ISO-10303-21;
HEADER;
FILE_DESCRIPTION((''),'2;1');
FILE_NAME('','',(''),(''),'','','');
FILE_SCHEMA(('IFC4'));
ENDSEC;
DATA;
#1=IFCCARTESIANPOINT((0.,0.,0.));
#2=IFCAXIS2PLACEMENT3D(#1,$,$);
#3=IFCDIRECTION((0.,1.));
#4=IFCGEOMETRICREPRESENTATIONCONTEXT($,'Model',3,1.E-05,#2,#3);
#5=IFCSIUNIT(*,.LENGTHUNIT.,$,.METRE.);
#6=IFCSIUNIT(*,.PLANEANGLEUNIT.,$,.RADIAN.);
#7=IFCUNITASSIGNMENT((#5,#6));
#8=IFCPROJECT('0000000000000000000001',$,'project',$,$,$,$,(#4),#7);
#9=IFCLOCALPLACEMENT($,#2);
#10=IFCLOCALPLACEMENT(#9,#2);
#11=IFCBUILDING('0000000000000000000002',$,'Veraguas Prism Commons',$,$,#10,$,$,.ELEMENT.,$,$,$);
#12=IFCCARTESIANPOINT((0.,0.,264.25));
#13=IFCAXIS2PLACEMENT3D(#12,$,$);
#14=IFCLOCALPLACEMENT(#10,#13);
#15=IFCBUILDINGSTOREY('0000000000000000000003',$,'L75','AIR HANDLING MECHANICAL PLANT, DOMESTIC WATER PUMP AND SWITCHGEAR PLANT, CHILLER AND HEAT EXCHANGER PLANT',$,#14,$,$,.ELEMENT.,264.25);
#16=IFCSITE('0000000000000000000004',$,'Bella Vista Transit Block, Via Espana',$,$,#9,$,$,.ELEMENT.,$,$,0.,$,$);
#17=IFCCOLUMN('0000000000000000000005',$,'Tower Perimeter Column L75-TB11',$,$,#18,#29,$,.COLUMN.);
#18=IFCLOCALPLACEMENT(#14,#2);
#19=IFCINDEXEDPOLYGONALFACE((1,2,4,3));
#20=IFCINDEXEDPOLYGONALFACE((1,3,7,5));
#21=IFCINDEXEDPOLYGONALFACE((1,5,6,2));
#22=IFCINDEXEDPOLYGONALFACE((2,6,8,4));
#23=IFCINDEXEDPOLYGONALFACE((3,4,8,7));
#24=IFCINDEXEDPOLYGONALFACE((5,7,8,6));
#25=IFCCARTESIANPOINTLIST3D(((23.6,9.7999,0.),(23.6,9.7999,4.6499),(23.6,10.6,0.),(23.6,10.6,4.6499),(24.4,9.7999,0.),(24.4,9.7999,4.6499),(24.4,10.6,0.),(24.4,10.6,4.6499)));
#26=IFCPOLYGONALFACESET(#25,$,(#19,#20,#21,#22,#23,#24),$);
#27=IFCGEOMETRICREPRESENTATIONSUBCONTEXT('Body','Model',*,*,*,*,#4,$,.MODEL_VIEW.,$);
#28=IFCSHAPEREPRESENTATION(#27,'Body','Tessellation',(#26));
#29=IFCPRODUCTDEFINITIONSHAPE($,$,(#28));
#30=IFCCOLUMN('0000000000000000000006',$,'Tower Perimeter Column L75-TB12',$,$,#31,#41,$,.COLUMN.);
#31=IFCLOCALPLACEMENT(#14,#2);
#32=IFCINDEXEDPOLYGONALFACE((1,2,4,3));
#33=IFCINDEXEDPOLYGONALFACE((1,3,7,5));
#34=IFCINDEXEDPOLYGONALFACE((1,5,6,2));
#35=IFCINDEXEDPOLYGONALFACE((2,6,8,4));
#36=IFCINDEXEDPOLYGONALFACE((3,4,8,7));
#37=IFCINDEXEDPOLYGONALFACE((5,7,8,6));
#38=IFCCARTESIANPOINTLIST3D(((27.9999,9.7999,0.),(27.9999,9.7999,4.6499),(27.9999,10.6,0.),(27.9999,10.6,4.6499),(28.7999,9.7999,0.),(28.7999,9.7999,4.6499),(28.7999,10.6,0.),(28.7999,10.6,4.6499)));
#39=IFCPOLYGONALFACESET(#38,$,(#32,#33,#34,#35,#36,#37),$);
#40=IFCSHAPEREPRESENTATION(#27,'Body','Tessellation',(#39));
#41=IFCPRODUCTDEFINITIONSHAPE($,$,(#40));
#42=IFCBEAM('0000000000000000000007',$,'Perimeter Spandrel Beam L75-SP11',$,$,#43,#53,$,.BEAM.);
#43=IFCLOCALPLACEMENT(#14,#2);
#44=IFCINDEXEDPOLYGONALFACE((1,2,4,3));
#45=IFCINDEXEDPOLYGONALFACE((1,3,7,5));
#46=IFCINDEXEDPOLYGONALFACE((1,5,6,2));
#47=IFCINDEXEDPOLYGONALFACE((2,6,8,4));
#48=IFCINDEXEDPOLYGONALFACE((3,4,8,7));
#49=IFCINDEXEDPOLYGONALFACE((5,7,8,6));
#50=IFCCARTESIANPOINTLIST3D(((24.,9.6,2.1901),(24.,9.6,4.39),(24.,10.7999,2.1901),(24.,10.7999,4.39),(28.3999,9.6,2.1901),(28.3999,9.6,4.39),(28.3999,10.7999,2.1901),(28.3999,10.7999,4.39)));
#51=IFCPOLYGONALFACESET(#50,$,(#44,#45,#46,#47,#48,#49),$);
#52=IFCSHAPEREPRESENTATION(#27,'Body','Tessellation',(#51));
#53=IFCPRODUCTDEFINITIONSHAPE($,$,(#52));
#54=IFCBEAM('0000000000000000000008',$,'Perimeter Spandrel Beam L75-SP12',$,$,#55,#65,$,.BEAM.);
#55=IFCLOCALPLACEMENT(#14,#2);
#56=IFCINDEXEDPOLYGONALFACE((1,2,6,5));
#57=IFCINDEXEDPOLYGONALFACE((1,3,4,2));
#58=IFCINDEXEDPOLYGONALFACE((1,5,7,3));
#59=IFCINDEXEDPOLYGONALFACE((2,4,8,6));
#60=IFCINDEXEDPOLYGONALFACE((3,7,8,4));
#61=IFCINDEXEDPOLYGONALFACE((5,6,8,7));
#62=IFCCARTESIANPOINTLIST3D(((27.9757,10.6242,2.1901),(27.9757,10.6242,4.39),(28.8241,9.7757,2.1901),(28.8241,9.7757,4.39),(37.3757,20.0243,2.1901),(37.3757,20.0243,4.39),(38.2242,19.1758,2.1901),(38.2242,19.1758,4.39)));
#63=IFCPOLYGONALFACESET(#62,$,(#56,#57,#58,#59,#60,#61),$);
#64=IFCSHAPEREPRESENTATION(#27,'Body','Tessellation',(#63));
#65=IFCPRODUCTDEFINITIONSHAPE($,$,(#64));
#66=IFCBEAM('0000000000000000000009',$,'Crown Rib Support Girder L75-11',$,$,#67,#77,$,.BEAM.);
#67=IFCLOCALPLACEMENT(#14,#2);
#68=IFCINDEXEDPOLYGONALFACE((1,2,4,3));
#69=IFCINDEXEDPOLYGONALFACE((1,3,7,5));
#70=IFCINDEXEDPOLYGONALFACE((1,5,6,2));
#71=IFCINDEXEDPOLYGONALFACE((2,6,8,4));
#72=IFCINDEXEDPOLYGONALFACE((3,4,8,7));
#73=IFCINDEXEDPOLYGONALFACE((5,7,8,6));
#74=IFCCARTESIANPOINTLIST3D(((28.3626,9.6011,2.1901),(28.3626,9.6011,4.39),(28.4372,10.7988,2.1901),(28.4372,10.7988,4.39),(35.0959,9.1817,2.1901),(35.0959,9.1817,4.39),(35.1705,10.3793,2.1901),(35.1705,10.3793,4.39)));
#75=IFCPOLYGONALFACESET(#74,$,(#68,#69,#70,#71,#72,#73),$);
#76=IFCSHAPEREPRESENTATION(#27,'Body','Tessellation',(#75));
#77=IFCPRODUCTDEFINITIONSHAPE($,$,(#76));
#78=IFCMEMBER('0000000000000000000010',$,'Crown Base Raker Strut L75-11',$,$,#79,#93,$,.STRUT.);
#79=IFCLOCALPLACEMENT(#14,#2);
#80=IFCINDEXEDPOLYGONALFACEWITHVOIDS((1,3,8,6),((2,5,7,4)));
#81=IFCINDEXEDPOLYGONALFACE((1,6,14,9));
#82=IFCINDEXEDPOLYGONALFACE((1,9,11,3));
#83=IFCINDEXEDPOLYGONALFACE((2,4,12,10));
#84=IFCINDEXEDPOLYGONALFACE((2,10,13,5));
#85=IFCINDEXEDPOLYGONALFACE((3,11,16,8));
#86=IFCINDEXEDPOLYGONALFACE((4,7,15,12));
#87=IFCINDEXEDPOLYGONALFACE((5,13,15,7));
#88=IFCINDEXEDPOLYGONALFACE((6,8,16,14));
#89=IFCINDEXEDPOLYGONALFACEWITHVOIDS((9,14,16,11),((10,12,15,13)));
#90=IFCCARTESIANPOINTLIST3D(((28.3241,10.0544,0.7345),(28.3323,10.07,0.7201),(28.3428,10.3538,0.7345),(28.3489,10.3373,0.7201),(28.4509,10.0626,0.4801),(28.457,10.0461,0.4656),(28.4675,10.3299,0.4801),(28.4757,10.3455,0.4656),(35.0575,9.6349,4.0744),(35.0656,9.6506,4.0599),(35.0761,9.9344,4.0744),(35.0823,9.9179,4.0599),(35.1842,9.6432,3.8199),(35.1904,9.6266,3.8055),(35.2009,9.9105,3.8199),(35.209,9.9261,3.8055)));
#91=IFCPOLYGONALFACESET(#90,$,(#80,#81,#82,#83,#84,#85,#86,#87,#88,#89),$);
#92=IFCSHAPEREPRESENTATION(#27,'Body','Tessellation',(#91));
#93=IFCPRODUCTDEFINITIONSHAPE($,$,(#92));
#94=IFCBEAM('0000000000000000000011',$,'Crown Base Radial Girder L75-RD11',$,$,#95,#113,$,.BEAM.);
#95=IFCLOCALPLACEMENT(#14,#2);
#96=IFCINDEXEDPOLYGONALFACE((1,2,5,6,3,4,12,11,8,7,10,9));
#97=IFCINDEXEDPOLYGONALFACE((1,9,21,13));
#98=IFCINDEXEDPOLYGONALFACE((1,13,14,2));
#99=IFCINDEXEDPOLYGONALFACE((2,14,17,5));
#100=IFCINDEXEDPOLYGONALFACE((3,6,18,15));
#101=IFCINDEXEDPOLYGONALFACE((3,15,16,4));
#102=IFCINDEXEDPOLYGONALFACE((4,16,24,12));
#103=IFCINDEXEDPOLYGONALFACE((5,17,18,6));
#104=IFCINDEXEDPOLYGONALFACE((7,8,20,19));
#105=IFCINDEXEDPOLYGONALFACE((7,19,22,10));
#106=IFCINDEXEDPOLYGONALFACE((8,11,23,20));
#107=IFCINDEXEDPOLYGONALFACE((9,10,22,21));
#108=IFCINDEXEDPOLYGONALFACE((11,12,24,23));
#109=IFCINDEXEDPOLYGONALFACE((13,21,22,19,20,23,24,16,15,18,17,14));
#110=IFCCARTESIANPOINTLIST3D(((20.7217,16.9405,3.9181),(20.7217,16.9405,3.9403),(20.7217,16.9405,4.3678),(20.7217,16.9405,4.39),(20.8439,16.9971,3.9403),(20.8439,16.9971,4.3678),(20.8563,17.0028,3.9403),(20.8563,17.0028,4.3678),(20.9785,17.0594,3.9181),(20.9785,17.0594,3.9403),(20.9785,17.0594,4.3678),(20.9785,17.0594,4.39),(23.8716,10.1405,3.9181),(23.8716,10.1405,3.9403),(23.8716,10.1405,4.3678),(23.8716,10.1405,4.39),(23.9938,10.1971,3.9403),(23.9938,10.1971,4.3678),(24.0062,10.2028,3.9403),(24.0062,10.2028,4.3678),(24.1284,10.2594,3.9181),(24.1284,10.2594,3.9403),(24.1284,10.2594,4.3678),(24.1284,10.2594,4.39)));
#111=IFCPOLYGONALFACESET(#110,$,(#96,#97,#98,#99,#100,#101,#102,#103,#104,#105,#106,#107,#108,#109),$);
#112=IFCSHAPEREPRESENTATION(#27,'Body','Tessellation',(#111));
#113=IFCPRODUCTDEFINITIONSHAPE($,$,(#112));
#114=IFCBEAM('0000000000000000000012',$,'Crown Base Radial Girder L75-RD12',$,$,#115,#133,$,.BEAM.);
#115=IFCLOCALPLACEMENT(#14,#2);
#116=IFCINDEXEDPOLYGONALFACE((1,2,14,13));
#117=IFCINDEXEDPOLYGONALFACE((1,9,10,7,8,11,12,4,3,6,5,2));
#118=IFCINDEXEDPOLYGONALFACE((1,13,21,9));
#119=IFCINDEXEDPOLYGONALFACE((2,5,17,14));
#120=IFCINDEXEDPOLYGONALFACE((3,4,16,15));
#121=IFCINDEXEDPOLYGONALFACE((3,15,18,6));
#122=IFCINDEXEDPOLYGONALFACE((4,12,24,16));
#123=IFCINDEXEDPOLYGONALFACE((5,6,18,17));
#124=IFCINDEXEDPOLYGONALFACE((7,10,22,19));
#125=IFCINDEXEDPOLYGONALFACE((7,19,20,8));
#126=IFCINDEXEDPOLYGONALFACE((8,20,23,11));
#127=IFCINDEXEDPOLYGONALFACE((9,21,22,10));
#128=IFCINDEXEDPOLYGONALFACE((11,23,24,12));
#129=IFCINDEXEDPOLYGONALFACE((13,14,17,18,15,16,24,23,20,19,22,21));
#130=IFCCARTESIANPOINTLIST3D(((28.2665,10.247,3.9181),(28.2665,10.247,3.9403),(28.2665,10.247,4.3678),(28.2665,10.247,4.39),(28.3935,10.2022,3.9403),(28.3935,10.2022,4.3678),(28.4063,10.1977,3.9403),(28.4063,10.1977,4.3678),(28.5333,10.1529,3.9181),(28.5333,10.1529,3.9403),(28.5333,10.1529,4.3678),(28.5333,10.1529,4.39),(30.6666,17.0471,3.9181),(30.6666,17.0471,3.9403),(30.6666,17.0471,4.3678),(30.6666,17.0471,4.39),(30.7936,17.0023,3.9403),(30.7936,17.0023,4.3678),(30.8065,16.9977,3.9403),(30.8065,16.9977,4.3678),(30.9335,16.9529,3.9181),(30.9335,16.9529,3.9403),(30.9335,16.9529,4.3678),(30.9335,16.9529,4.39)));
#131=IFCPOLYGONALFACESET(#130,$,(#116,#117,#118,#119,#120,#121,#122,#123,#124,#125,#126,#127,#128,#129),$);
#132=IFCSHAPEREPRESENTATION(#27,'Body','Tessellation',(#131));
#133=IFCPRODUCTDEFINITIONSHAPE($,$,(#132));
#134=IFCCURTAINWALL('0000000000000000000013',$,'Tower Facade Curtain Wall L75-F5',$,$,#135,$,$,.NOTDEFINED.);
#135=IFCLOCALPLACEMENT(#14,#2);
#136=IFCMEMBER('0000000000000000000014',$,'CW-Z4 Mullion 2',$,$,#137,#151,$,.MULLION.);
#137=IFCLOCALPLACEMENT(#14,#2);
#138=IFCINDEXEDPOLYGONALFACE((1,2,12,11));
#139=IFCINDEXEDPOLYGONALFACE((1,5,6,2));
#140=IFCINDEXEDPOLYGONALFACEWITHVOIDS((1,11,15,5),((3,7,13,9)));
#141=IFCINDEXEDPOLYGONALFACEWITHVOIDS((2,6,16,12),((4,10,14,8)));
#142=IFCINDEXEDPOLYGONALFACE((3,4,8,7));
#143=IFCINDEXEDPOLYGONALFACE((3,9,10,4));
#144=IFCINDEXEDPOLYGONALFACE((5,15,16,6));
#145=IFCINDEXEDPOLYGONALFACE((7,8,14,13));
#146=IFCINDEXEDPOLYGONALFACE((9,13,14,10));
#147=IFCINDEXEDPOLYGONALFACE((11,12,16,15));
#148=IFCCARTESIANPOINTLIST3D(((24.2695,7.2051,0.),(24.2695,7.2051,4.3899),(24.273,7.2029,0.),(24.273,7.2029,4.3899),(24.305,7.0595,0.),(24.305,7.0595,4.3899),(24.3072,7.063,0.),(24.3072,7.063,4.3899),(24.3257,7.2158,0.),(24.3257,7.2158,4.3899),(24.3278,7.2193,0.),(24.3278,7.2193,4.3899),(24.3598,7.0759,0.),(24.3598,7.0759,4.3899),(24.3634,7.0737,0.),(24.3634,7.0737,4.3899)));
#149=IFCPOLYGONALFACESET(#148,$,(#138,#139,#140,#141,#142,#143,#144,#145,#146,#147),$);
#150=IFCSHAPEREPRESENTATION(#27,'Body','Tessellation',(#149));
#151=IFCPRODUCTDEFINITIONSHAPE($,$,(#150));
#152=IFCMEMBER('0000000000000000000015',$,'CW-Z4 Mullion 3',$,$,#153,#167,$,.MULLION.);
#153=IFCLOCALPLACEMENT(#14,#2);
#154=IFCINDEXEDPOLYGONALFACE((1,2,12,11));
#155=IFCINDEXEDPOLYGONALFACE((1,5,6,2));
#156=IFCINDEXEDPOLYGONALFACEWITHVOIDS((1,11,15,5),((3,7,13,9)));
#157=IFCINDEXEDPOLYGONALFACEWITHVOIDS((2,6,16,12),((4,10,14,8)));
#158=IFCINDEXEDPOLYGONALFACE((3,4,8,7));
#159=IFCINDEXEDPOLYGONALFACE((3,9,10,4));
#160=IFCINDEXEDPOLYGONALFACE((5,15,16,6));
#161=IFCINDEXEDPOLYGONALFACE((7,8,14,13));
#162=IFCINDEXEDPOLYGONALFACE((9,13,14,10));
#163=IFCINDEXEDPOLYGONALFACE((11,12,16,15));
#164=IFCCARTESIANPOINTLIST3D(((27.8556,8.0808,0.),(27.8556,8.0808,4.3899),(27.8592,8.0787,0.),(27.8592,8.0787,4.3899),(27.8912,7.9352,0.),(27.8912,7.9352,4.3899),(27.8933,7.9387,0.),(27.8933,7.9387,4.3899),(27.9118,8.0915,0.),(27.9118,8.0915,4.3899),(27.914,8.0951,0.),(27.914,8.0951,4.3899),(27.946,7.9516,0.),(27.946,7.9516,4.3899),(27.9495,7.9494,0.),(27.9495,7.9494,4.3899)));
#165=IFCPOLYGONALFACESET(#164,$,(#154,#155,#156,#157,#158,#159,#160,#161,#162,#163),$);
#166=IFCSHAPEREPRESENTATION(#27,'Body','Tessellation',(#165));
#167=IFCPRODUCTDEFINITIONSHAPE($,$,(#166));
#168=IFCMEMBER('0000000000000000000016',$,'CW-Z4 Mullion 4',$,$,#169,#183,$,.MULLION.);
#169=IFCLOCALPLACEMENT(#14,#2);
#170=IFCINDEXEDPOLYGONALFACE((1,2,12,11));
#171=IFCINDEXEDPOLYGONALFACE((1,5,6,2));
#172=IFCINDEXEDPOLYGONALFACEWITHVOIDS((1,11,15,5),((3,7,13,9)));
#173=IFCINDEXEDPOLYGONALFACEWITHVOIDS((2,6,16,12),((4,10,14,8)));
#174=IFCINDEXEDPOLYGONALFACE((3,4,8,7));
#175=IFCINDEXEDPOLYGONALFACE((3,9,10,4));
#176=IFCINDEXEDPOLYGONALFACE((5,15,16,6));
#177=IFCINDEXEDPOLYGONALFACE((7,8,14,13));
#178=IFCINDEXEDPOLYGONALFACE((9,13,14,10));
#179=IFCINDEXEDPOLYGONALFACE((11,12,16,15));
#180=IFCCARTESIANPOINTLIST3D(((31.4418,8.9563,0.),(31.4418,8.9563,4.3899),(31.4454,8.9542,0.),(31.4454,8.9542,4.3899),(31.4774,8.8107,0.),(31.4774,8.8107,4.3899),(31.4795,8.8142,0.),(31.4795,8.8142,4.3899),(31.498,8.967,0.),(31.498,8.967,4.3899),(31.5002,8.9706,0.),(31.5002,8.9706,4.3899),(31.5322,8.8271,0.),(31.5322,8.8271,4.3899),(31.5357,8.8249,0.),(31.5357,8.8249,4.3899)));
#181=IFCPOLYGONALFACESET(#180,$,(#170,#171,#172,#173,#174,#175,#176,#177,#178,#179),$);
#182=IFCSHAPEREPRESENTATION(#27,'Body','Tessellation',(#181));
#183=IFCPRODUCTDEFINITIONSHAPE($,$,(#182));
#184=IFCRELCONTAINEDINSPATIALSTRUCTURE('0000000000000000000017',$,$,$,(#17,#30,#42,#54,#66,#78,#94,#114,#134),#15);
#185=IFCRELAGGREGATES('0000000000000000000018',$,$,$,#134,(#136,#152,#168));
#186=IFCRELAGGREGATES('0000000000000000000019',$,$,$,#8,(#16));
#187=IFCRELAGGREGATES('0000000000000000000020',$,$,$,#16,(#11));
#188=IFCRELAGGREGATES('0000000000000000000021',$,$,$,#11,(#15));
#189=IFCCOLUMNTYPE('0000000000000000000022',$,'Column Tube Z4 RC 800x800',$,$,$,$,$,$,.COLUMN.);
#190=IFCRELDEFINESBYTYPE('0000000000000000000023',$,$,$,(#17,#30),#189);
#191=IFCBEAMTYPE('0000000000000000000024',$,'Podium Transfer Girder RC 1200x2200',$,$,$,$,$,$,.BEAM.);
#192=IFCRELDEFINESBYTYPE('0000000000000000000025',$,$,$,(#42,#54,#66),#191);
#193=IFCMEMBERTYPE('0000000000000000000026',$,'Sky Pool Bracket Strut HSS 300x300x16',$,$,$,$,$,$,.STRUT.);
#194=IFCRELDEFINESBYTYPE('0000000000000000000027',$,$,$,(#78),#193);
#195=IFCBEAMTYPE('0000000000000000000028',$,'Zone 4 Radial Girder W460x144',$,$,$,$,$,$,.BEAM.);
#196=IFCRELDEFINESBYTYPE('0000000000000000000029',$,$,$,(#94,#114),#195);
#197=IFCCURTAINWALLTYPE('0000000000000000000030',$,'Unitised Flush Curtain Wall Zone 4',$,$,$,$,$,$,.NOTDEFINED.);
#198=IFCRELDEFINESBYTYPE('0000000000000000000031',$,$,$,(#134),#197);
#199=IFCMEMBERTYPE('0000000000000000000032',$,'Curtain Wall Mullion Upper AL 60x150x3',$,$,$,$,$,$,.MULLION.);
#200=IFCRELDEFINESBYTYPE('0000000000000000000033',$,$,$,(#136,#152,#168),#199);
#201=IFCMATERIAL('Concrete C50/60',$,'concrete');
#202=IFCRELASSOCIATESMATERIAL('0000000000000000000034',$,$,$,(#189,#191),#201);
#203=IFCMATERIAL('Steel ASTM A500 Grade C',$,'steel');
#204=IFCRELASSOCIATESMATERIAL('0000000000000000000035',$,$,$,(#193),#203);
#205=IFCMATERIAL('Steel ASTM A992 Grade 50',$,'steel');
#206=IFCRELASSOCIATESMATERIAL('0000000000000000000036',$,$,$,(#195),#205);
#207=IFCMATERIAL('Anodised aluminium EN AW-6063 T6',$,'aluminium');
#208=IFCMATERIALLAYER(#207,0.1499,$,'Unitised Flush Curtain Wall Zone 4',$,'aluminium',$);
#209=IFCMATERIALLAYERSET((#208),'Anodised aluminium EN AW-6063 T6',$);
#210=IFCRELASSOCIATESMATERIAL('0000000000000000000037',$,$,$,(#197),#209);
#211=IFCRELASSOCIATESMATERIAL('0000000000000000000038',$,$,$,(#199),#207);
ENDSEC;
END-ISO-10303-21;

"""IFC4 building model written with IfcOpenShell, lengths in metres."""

from ifc_helpers import new_model, si_unit, direction, frame, origin, origin_2d, place, context, subcontext, project, spatial, rectangle, hollow_rectangle, i_section, extrude, source, transform, mapped, material, layer, layer_set, material_profile, profile_set, type_object, element, aggregate, save


model = new_model("IFC4")

# Units and contexts
model_context = context("Model", 3, precision=1e-05, world=origin(), true_north=direction((0.0, 1.0)))
body_context = subcontext(model_context, "Body", "Model", "MODEL_VIEW")
ifc_project = project(units=[si_unit("LENGTHUNIT", "METRE"), si_unit("PLANEANGLEUNIT", "RADIAN")], contexts=[model_context])

# Site, building, storey
site_placement = place(None, origin())
site = spatial("IfcSite", under=ifc_project, at=site_placement, Name="Bella Vista Transit Block, Via Espana", CompositionType="ELEMENT", RefElevation=0.0)
building_placement = place(site_placement, origin())
building = spatial("IfcBuilding", under=site, at=building_placement, Name="Veraguas Prism Commons", CompositionType="ELEMENT")
storey_placement = place(building_placement, frame((0.0, 0.0, 264.25)))
storey = spatial("IfcBuildingStorey", under=building, at=storey_placement, Name="L75", Description="AIR HANDLING MECHANICAL PLANT, DOMESTIC WATER PUMP AND SWITCHGEAR PLANT, CHILLER AND HEAT EXCHANGER PLANT", CompositionType="ELEMENT", Elevation=264.25)

# Columns
ifc_material_1 = material(Name="Concrete C50/60", Category="concrete")
ifc_material_profile_1 = material_profile(ifc_material_1, rectangle(XDim=0.8, YDim=0.8, at=origin_2d()), Name="RC800X800")
ifc_profile_set_1 = profile_set([ifc_material_profile_1], Name="Concrete C50/60")
column_type = type_object("IfcColumnType", Name="Column Tube Z4 RC 800x800", PredefinedType="COLUMN", material=ifc_profile_set_1)
for number, where, z_axis, x_axis, name in (
    (1, (24.0, 10.2, 0.0), (0.0, 0.0, 1.0), (1.0, 0.0, 0.0), "Tower Perimeter Column L75-TB11"),
    (2, (28.3999, 10.2, 0.0), (0.0, 0.0, 1.0), (1.0, 0.0, 0.0), "Tower Perimeter Column L75-TB12"),
):
    element("IfcColumn", number, at=place(storey_placement, frame(where, z_axis=z_axis, x_axis=x_axis)), inside=storey, type_object=column_type, Name=name, PredefinedType="COLUMN", context=body_context, shape_type="SweptSolid", body=[
        extrude(rectangle(XDim=0.8, YDim=0.8, at=origin_2d()), origin(), (0.0, 0.0, 1.0), 4.6499),
    ])

# Beams
ifc_material_profile_2 = material_profile(ifc_material_1, rectangle(XDim=1.2, YDim=2.2, at=origin_2d()), Name="RC1200X2200")
ifc_profile_set_2 = profile_set([ifc_material_profile_2], Name="Concrete C50/60")
beam_type_1 = type_object("IfcBeamType", Name="Podium Transfer Girder RC 1200x2200", PredefinedType="BEAM", material=ifc_profile_set_2)
beam_1_placement = place(storey_placement, frame((24.0, 10.2, 3.29), z_axis=(1.0, 0.0, 0.0), x_axis=(0.0, 1.0, 0.0)))
element("IfcBeam", 3, at=beam_1_placement, inside=storey, type_object=beam_type_1, Name="Perimeter Spandrel Beam L75-SP11", PredefinedType="BEAM", context=body_context, shape_type="SweptSolid", body=[
    extrude(rectangle(XDim=1.2, YDim=2.2, at=origin_2d()), origin(), (0.0, 0.0, 1.0), 4.3999),
])
beam_2_placement = place(storey_placement, frame((28.3999, 10.2, 3.29), z_axis=(0.707107, 0.707107, 0.0), x_axis=(-0.707107, 0.707107, 0.0)))
element("IfcBeam", 4, at=beam_2_placement, inside=storey, type_object=beam_type_1, Name="Perimeter Spandrel Beam L75-SP12", PredefinedType="BEAM", context=body_context, shape_type="SweptSolid", body=[
    extrude(rectangle(XDim=1.2, YDim=2.2, at=origin_2d()), origin(), (0.0, 0.0, 1.0), 13.2937),
])
beam_3_placement = place(storey_placement, frame((28.3999, 10.2, 3.29), z_axis=(0.998066, -0.062171, 0.0), x_axis=(0.062171, 0.998066, 0.0)))
element("IfcBeam", 5, at=beam_3_placement, inside=storey, type_object=beam_type_1, Name="Crown Rib Support Girder L75-11", PredefinedType="BEAM", context=body_context, shape_type="SweptSolid", body=[
    extrude(rectangle(XDim=1.2, YDim=2.2, at=origin_2d()), origin(), (0.0, 0.0, 1.0), 6.7463),
])

# Member
ifc_material_2 = material(Name="Steel ASTM A500 Grade C", Category="steel")
ifc_material_profile_3 = material_profile(ifc_material_2, hollow_rectangle(XDim=0.3, YDim=0.3, WallThickness=0.0161, at=origin_2d()), Name="HSS300X300X16")
ifc_profile_set_3 = profile_set([ifc_material_profile_3], Name="Steel ASTM A500 Grade C")
member_type_1 = type_object("IfcMemberType", Name="Sky Pool Bracket Strut HSS 300x300x16", PredefinedType="STRUT", material=ifc_profile_set_3)
member_1_placement = place(storey_placement, frame((28.3999, 10.2, 0.6001), z_axis=(0.89446, -0.055717, 0.443663), x_axis=(0.062171, 0.998066, 0.0)))
element("IfcMember", 6, at=member_1_placement, inside=storey, type_object=member_type_1, Name="Crown Base Raker Strut L75-11", PredefinedType="STRUT", context=body_context, shape_type="SweptSolid", body=[
    extrude(hollow_rectangle(XDim=0.3, YDim=0.3, WallThickness=0.0161, at=origin_2d()), origin(), (0.0, 0.0, 1.0), 7.5278),
])

# Beams
ifc_material_3 = material(Name="Steel ASTM A992 Grade 50", Category="steel")
ifc_material_profile_4 = material_profile(ifc_material_3, i_section(OverallWidth=0.283, OverallDepth=0.4719, WebThickness=0.0137, FlangeThickness=0.0222, at=origin_2d()), Name="W460X144")
ifc_profile_set_4 = profile_set([ifc_material_profile_4], Name="Steel ASTM A992 Grade 50")
beam_type_2 = type_object("IfcBeamType", Name="Zone 4 Radial Girder W460x144", PredefinedType="BEAM", material=ifc_profile_set_4)
beam_4_placement = place(storey_placement, frame((24.0, 10.2, 4.1541), z_axis=(-0.420314, 0.907379, 0.0), x_axis=(-0.907379, -0.420314, 0.0)))
element("IfcBeam", 7, at=beam_4_placement, inside=storey, type_object=beam_type_2, Name="Crown Base Radial Girder L75-RD11", PredefinedType="BEAM", context=body_context, shape_type="SweptSolid", body=[
    extrude(i_section(OverallWidth=0.283, OverallDepth=0.4719, WebThickness=0.0137, FlangeThickness=0.0222, at=origin_2d()), origin(), (0.0, 0.0, 1.0), 7.4941),
])
beam_5_placement = place(storey_placement, frame((28.3999, 10.2, 4.1541), z_axis=(0.332836, 0.942985, 0.0), x_axis=(-0.942985, 0.332836, 0.0)))
element("IfcBeam", 8, at=beam_5_placement, inside=storey, type_object=beam_type_2, Name="Crown Base Radial Girder L75-RD12", PredefinedType="BEAM", context=body_context, shape_type="SweptSolid", body=[
    extrude(i_section(OverallWidth=0.283, OverallDepth=0.4719, WebThickness=0.0137, FlangeThickness=0.0222, at=origin_2d()), origin(), (0.0, 0.0, 1.0), 7.2112),
])

# Curtain wall, members
ifc_material_4 = material(Name="Anodised aluminium EN AW-6063 T6", Category="aluminium")
ifc_layer_1 = layer(ifc_material_4, 0.1499, Name="Unitised Flush Curtain Wall Zone 4", Category="aluminium")
ifc_layer_set_1 = layer_set([ifc_layer_1], Name="Anodised aluminium EN AW-6063 T6")
curtain_wall_type = type_object("IfcCurtainWallType", Name="Unitised Flush Curtain Wall Zone 4", PredefinedType="NOTDEFINED", material=ifc_layer_set_1)
curtain_wall_placement = place(storey_placement, origin())
curtain_wall = element("IfcCurtainWall", 9, at=curtain_wall_placement, inside=storey, type_object=curtain_wall_type, Name="Tower Facade Curtain Wall L75-F5", PredefinedType="NOTDEFINED")
ifc_material_profile_5 = material_profile(ifc_material_4, hollow_rectangle(XDim=0.0601, YDim=0.1499, WallThickness=0.0029, at=origin_2d()), Name="AL60X150X3")
ifc_profile_set_5 = profile_set([ifc_material_profile_5], Name="Anodised aluminium EN AW-6063 T6")
member_type_2 = type_object("IfcMemberType", Name="Curtain Wall Mullion Upper AL 60x150x3", PredefinedType="MULLION", material=ifc_profile_set_5)
shared_shape_1 = source(origin(), body_context, "Body", "SweptSolid", [
    extrude(hollow_rectangle(XDim=0.0601, YDim=0.1499, WallThickness=0.0029, at=origin_2d()), origin(), (0.0, 0.0, 1.0), 4.3899),
])
member_2_placement = place(storey_placement, frame((24.3164, 7.1394, 0.0), z_axis=(0.0, 0.0, 1.0), x_axis=(0.971466, 0.237181, 0.0)))
member_2 = element("IfcMember", 10, at=member_2_placement, type_object=member_type_2, Name="CW-Z4 Mullion 2", PredefinedType="MULLION", context=body_context, shape_type="MappedRepresentation", body=[
    mapped(shared_shape_1, transform((0.0, 0.0, 0.0), scale=1.0)),
])
member_3_placement = place(storey_placement, frame((27.9026, 8.0151, 0.0), z_axis=(0.0, 0.0, 1.0), x_axis=(0.971466, 0.237181, 0.0)))
member_3 = element("IfcMember", 11, at=member_3_placement, type_object=member_type_2, Name="CW-Z4 Mullion 3", PredefinedType="MULLION", context=body_context, shape_type="MappedRepresentation", body=[
    mapped(shared_shape_1, transform((0.0, 0.0, 0.0), scale=1.0)),
])
member_4_placement = place(storey_placement, frame((31.4888, 8.8906, 0.0), z_axis=(0.0, 0.0, 1.0), x_axis=(0.971466, 0.237181, 0.0)))
member_4 = element("IfcMember", 12, at=member_4_placement, type_object=member_type_2, Name="CW-Z4 Mullion 4", PredefinedType="MULLION", context=body_context, shape_type="MappedRepresentation", body=[
    mapped(shared_shape_1, transform((0.0, 0.0, 0.0), scale=1.0)),
])
aggregate(curtain_wall, [member_2, member_3, member_4])

save(model, "model.ifc")
